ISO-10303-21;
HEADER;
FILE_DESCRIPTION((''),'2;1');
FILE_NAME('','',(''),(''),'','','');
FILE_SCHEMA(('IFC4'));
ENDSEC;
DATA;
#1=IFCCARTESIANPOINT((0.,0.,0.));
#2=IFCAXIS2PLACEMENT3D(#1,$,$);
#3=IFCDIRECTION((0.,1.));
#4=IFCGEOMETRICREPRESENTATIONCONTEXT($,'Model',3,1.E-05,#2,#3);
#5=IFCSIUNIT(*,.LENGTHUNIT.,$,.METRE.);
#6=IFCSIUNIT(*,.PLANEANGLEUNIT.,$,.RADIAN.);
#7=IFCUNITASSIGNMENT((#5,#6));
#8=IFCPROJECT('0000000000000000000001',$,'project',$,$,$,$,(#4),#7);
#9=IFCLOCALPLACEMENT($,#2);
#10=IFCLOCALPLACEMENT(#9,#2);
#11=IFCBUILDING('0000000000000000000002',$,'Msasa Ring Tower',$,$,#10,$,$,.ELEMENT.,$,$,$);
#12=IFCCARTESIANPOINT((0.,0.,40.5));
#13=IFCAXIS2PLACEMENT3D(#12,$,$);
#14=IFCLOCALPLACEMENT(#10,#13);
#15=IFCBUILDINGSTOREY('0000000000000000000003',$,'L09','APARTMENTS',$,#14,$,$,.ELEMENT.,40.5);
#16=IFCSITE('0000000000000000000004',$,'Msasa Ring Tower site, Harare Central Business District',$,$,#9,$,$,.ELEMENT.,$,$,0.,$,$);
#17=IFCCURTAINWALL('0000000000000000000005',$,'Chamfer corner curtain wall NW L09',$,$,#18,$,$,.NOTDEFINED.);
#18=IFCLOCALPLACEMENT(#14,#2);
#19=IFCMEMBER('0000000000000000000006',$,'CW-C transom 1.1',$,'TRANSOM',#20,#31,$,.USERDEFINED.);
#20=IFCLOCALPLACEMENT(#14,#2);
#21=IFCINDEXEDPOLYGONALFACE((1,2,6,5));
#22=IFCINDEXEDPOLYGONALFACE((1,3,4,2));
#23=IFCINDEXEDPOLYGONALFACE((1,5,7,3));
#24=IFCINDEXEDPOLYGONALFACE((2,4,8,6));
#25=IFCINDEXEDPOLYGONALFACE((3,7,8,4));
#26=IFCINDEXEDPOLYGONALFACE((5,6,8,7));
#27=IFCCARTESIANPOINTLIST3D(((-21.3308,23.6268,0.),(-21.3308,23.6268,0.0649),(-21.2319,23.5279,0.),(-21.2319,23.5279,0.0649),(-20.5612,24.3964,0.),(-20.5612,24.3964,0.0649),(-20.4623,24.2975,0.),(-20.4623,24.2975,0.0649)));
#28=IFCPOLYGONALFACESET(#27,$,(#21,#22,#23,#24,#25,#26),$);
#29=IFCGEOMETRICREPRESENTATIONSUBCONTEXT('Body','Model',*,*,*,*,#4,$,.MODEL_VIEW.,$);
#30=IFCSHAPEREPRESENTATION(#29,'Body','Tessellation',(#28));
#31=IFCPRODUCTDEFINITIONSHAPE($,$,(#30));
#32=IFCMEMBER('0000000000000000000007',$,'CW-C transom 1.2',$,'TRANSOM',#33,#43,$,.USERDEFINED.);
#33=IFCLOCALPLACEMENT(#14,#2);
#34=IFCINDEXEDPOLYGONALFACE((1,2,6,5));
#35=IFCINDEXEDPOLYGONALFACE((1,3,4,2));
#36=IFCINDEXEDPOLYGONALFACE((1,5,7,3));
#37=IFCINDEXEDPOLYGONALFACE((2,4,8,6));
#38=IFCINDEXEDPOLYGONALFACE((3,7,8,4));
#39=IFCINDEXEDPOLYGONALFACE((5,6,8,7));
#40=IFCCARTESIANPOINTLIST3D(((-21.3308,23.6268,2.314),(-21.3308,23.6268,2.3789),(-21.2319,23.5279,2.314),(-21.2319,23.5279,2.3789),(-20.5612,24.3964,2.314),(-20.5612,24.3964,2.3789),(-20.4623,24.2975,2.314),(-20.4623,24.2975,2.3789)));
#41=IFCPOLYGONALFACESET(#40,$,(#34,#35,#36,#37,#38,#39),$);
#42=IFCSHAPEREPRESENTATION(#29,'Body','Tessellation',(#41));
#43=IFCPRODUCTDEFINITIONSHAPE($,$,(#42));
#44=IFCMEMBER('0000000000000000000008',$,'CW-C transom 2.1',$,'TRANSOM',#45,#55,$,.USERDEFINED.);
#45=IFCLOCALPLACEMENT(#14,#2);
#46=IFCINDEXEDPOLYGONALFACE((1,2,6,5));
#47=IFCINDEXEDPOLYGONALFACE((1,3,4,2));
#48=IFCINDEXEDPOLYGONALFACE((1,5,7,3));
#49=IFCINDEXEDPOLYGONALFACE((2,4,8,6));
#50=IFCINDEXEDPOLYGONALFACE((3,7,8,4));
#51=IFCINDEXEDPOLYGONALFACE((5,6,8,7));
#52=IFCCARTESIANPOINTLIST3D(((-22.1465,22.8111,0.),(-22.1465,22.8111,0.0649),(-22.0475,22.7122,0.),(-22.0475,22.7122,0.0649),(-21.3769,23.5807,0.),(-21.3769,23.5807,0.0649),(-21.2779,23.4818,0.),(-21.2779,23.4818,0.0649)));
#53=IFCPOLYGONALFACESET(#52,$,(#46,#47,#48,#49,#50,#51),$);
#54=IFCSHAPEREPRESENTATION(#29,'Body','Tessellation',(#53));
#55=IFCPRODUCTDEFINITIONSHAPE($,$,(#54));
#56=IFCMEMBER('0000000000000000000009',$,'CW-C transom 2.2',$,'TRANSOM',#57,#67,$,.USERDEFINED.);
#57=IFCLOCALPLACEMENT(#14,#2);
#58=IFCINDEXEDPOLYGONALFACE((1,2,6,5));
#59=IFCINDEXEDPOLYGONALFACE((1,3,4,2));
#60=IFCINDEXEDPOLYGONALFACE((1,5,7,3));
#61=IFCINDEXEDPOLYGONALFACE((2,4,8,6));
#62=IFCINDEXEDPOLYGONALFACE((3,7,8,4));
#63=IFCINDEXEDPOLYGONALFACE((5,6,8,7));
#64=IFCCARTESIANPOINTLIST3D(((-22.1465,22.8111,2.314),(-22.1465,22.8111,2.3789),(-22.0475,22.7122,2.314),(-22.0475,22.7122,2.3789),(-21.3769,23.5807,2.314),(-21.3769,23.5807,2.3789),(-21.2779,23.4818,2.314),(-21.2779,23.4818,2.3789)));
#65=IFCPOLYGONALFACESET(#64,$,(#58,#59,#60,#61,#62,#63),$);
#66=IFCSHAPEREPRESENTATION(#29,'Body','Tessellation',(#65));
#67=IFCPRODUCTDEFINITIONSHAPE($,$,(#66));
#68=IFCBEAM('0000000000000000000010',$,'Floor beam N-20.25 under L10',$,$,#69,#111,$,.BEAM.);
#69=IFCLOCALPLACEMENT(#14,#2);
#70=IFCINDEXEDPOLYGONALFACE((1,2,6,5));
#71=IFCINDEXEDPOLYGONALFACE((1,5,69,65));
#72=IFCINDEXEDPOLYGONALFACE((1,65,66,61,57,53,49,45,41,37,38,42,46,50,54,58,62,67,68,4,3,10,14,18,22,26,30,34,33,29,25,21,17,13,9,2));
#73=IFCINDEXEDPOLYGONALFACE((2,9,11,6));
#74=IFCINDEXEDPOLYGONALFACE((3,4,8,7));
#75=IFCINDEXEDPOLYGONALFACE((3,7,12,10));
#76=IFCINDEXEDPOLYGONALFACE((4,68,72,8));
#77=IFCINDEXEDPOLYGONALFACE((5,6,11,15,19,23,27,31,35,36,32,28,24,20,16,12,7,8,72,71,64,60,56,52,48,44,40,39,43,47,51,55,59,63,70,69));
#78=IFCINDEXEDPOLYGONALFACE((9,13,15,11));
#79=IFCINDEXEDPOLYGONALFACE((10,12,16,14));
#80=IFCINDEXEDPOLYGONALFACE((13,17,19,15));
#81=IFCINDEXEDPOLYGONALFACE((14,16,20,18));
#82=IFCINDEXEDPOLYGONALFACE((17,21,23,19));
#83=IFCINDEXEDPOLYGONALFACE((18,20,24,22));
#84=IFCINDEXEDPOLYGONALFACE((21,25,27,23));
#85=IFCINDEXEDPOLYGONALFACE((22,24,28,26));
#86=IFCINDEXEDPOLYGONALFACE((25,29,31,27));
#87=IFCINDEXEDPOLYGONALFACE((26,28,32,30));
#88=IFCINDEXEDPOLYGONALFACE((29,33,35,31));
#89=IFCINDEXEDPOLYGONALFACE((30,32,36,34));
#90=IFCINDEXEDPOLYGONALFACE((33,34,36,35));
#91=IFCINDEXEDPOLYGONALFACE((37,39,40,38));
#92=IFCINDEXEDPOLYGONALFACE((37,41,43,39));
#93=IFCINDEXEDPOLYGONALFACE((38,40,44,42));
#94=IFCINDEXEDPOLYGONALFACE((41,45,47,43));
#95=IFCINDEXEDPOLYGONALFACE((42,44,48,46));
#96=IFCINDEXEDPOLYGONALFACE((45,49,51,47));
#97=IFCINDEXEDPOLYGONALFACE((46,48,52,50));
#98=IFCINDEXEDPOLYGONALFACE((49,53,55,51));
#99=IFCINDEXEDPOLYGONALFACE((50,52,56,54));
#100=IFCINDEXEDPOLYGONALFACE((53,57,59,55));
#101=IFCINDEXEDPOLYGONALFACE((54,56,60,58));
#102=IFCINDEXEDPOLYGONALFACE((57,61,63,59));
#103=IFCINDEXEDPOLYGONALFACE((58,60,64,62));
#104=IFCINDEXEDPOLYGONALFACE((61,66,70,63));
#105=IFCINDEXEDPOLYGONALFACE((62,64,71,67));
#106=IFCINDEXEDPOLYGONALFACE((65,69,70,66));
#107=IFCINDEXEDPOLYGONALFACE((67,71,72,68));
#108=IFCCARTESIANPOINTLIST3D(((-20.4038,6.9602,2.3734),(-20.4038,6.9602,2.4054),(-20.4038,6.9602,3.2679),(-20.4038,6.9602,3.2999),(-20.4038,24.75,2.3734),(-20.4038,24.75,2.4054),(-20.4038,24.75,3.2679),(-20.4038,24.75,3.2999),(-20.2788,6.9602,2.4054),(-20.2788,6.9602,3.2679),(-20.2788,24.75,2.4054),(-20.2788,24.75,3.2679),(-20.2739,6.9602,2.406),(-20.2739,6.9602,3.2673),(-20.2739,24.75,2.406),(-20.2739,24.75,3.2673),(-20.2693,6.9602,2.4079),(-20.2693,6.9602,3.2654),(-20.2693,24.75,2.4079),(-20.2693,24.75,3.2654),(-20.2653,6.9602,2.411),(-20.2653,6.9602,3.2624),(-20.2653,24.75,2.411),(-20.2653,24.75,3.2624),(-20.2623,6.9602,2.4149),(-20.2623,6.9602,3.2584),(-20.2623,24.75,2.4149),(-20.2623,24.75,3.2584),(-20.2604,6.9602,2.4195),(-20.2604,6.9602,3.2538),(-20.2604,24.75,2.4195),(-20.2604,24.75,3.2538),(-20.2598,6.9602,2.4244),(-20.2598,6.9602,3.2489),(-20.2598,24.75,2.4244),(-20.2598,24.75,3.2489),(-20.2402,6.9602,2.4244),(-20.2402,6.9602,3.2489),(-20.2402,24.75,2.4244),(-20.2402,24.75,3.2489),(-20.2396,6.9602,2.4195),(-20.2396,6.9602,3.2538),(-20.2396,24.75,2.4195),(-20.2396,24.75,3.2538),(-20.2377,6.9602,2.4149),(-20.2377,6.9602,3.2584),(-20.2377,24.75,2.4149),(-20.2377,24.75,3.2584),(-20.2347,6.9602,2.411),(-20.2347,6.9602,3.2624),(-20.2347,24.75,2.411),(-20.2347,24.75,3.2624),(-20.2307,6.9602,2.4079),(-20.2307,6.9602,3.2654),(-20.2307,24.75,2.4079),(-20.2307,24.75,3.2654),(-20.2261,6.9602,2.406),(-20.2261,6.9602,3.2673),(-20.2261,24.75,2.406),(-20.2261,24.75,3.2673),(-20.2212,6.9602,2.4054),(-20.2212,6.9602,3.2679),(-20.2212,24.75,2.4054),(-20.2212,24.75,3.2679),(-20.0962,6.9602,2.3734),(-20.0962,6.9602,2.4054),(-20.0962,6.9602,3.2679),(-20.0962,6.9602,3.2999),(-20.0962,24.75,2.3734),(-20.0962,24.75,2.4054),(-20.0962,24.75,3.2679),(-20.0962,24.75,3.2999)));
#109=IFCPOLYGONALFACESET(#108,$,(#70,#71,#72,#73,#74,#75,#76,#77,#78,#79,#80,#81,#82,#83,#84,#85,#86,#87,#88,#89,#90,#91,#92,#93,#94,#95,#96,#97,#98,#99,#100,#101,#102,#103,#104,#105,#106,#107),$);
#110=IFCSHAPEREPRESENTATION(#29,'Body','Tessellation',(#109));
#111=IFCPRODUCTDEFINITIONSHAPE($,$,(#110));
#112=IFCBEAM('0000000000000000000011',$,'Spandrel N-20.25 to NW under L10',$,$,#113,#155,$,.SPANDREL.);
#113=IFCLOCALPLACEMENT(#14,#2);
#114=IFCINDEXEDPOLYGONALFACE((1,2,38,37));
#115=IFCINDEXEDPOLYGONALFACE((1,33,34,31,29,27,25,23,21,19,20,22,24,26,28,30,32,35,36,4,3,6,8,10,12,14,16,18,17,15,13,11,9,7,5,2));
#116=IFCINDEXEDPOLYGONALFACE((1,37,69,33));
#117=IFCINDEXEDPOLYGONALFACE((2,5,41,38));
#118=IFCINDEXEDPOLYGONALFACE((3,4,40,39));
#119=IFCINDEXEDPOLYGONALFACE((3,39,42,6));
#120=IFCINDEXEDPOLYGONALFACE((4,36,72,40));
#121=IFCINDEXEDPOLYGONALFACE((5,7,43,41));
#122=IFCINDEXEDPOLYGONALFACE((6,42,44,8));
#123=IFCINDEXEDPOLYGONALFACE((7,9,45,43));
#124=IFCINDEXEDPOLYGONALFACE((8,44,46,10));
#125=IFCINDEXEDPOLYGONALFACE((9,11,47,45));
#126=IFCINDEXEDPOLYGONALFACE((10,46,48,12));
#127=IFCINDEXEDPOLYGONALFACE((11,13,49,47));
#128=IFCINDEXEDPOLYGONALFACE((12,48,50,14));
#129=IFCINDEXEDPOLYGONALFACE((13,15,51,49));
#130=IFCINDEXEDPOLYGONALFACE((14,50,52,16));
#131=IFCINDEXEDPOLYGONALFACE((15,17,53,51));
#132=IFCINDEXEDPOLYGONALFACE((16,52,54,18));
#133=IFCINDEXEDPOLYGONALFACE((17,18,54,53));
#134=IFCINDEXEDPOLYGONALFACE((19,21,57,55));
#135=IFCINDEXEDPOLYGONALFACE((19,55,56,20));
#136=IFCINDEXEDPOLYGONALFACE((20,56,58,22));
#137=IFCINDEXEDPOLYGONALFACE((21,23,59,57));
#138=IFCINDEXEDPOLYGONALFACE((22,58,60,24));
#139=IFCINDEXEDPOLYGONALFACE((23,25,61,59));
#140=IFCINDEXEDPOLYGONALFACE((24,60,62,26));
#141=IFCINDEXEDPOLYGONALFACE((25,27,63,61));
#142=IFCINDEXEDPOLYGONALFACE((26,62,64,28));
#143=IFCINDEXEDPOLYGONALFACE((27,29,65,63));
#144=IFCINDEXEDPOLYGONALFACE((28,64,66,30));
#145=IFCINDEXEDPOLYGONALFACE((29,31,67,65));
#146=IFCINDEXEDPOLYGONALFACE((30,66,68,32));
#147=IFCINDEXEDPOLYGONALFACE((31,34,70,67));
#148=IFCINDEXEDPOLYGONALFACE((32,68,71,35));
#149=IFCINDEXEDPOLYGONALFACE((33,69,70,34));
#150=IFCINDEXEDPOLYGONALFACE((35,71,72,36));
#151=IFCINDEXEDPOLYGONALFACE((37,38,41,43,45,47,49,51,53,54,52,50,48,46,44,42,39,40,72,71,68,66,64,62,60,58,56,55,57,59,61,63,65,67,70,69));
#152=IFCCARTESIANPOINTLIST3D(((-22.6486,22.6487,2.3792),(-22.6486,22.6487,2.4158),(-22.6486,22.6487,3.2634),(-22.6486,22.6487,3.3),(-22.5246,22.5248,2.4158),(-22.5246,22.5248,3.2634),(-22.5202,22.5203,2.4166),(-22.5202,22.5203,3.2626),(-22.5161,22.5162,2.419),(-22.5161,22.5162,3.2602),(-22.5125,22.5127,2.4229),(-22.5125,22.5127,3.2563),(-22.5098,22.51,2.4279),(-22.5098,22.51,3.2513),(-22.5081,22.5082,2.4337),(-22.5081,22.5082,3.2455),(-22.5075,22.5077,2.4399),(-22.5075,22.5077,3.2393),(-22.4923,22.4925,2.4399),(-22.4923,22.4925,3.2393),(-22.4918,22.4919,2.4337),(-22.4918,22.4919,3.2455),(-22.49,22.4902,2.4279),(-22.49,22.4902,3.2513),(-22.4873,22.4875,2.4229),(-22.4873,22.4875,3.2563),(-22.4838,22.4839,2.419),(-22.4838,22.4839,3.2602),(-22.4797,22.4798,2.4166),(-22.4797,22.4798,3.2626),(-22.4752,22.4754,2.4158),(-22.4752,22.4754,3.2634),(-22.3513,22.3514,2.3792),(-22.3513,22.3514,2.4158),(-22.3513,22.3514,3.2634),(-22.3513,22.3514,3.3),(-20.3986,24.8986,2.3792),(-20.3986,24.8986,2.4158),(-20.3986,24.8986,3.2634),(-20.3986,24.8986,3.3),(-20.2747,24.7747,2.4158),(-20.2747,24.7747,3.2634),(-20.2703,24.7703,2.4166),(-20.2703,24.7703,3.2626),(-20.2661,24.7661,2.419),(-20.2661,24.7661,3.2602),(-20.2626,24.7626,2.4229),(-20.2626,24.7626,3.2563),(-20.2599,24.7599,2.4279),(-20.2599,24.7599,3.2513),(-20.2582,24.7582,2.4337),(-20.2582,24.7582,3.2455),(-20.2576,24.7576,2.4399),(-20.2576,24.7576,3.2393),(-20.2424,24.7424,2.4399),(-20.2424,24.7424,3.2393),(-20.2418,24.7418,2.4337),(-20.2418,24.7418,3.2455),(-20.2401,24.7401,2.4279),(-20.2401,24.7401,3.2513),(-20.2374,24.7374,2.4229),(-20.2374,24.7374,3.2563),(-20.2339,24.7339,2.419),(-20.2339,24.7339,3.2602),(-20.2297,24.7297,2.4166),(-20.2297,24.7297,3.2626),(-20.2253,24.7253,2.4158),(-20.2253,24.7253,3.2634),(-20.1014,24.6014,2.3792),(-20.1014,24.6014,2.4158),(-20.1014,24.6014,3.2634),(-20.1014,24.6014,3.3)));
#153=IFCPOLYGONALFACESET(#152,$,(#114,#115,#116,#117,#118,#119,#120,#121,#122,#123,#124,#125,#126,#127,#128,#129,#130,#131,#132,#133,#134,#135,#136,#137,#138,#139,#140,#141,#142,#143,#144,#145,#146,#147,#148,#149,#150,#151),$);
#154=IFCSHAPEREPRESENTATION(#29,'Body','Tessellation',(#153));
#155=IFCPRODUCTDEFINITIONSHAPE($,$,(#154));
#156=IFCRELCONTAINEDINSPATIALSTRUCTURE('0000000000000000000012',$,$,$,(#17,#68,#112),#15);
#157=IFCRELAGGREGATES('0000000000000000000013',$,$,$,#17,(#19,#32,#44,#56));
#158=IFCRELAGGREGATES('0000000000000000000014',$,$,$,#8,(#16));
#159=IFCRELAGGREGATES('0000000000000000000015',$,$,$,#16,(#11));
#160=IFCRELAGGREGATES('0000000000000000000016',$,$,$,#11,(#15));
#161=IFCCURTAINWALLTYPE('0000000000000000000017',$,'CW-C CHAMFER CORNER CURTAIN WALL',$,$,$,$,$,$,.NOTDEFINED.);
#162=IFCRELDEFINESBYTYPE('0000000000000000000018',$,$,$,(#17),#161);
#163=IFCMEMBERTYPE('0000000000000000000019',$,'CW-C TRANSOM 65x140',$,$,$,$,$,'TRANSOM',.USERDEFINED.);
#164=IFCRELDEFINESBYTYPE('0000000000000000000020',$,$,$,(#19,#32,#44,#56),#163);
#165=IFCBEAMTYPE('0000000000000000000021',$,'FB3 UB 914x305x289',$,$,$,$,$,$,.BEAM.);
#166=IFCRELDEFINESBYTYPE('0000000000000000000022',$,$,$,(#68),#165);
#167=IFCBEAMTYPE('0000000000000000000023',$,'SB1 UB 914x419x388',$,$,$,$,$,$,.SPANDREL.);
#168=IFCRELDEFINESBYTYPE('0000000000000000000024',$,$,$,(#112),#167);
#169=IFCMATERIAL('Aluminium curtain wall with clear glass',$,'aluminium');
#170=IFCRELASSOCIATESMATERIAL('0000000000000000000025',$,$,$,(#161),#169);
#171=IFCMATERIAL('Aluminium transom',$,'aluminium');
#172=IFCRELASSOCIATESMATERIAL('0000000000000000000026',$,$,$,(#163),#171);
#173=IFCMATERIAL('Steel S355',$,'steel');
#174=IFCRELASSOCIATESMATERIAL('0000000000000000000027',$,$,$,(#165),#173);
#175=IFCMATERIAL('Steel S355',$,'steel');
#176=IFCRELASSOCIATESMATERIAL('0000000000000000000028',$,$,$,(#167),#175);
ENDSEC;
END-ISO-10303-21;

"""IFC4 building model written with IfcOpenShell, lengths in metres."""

from ifc_helpers import new_model, si_unit, direction, frame, origin, origin_2d, place, context, subcontext, project, spatial, rectangle, i_section, extrude, material, material_profile, profile_set, type_object, element, aggregate, save


model = new_model("IFC4")

# Units and contexts
model_context = context("Model", 3, precision=1e-05, world=origin(), true_north=direction((0.0, 1.0)))
body_context = subcontext(model_context, "Body", "Model", "MODEL_VIEW")
ifc_project = project(units=[si_unit("LENGTHUNIT", "METRE"), si_unit("PLANEANGLEUNIT", "RADIAN")], contexts=[model_context])

# Site, building, storey
site_placement = place(None, origin())
site = spatial("IfcSite", under=ifc_project, at=site_placement, Name="Msasa Ring Tower site, Harare Central Business District", CompositionType="ELEMENT", RefElevation=0.0)
building_placement = place(site_placement, origin())
building = spatial("IfcBuilding", under=site, at=building_placement, Name="Msasa Ring Tower", CompositionType="ELEMENT")
storey_placement = place(building_placement, frame((0.0, 0.0, 40.5)))
storey = spatial("IfcBuildingStorey", under=building, at=storey_placement, Name="L09", Description="APARTMENTS", CompositionType="ELEMENT", Elevation=40.5)

# Curtain wall
ifc_material_1 = material(Name="Aluminium curtain wall with clear glass", Category="aluminium")
curtain_wall_type = type_object("IfcCurtainWallType", Name="CW-C CHAMFER CORNER CURTAIN WALL", PredefinedType="NOTDEFINED", material=ifc_material_1)
curtain_wall_1_placement = place(storey_placement, origin())
curtain_wall_1 = element("IfcCurtainWall", 1, at=curtain_wall_1_placement, inside=storey, type_object=curtain_wall_type, Name="Chamfer corner curtain wall NW L09", PredefinedType="NOTDEFINED")

# Members
ifc_material_2 = material(Name="Aluminium transom", Category="aluminium")
ifc_material_profile_1 = material_profile(ifc_material_2, rectangle(XDim=0.1399, YDim=0.0649, at=origin_2d()), Name="AL 65x140")
ifc_profile_set_1 = profile_set([ifc_material_profile_1], Name="Aluminium transom")
member_type_1 = type_object("IfcMemberType", Name="CW-C TRANSOM 65x140", ElementType="TRANSOM", PredefinedType="USERDEFINED", material=ifc_profile_set_1)
member_1_placement = place(storey_placement, frame((-20.5117, 24.3469, 0.0325), z_axis=(-0.707107, -0.707107, 0.0), x_axis=(0.707107, -0.707107, 0.0)))
member_1 = element("IfcMember", 2, at=member_1_placement, type_object=member_type_1, Name="CW-C transom 1.1", ObjectType="TRANSOM", PredefinedType="USERDEFINED", context=body_context, shape_type="SweptSolid", body=[
    extrude(rectangle(XDim=0.1399, YDim=0.0649, at=origin_2d()), origin(), (0.0, 0.0, 1.0), 1.0884),
])
member_2_placement = place(storey_placement, frame((-20.5117, 24.3469, 2.3464), z_axis=(-0.707107, -0.707107, 0.0), x_axis=(0.707107, -0.707107, 0.0)))
member_2 = element("IfcMember", 3, at=member_2_placement, type_object=member_type_1, Name="CW-C transom 1.2", ObjectType="TRANSOM", PredefinedType="USERDEFINED", context=body_context, shape_type="SweptSolid", body=[
    extrude(rectangle(XDim=0.1399, YDim=0.0649, at=origin_2d()), origin(), (0.0, 0.0, 1.0), 1.0884),
])
member_3_placement = place(storey_placement, frame((-21.3274, 23.5312, 0.0325), z_axis=(-0.707107, -0.707107, 0.0), x_axis=(0.707107, -0.707107, 0.0)))
member_3 = element("IfcMember", 4, at=member_3_placement, type_object=member_type_1, Name="CW-C transom 2.1", ObjectType="TRANSOM", PredefinedType="USERDEFINED", context=body_context, shape_type="SweptSolid", body=[
    extrude(rectangle(XDim=0.1399, YDim=0.0649, at=origin_2d()), origin(), (0.0, 0.0, 1.0), 1.0884),
])
member_4_placement = place(storey_placement, frame((-21.3274, 23.5312, 2.3464), z_axis=(-0.707107, -0.707107, 0.0), x_axis=(0.707107, -0.707107, 0.0)))
member_4 = element("IfcMember", 5, at=member_4_placement, type_object=member_type_1, Name="CW-C transom 2.2", ObjectType="TRANSOM", PredefinedType="USERDEFINED", context=body_context, shape_type="SweptSolid", body=[
    extrude(rectangle(XDim=0.1399, YDim=0.0649, at=origin_2d()), origin(), (0.0, 0.0, 1.0), 1.0884),
])

# Beams
ifc_material_3 = material(Name="Steel S355", Category="steel")
ifc_material_profile_2 = material_profile(ifc_material_3, i_section(OverallWidth=0.3076, OverallDepth=0.9265, WebThickness=0.0195, FlangeThickness=0.032, FilletRadius=0.019, at=origin_2d()), Name="UB 914x305x289")
ifc_profile_set_2 = profile_set([ifc_material_profile_2], Name="Steel S355")
beam_type_1 = type_object("IfcBeamType", Name="FB3 UB 914x305x289", PredefinedType="BEAM", material=ifc_profile_set_2)
beam_placement = place(storey_placement, frame((-20.25, 24.75, 2.8367), z_axis=(0.0, -1.0, 0.0), x_axis=(1.0, 0.0, 0.0)))
element("IfcBeam", 6, at=beam_placement, inside=storey, type_object=beam_type_1, Name="Floor beam N-20.25 under L10", PredefinedType="BEAM", context=body_context, shape_type="SweptSolid", body=[
    extrude(i_section(OverallWidth=0.3076, OverallDepth=0.9265, WebThickness=0.0195, FlangeThickness=0.032, FilletRadius=0.019, at=origin_2d()), origin(), (0.0, 0.0, 1.0), 17.7898),
])
ifc_material_4 = material(Name="Steel S355", Category="steel")
ifc_material_profile_3 = material_profile(ifc_material_4, i_section(OverallWidth=0.4204, OverallDepth=0.9209, WebThickness=0.0215, FlangeThickness=0.0366, FilletRadius=0.0242, at=origin_2d()), Name="UB 914x419x388")
ifc_profile_set_3 = profile_set([ifc_material_profile_3], Name="Steel S355")
beam_type_2 = type_object("IfcBeamType", Name="SB1 UB 914x419x388", PredefinedType="SPANDREL", material=ifc_profile_set_3)
for number, where, z_axis, x_axis, name in (
    (7, (-20.25, 24.75, 2.8396), (-0.707107, -0.707107, 0.0), (0.707107, -0.707107, 0.0), "Spandrel N-20.25 to NW under L10"),
):
    element("IfcBeam", number, at=place(storey_placement, frame(where, z_axis=z_axis, x_axis=x_axis)), inside=storey, type_object=beam_type_2, Name=name, PredefinedType="SPANDREL", context=body_context, shape_type="SweptSolid", body=[
        extrude(i_section(OverallWidth=0.4204, OverallDepth=0.9209, WebThickness=0.0215, FlangeThickness=0.0366, FilletRadius=0.0242, at=origin_2d()), origin(), (0.0, 0.0, 1.0), 3.1819),
    ])

aggregate(curtain_wall_1, [member_1, member_2, member_3, member_4])

save(model, "model.ifc")
